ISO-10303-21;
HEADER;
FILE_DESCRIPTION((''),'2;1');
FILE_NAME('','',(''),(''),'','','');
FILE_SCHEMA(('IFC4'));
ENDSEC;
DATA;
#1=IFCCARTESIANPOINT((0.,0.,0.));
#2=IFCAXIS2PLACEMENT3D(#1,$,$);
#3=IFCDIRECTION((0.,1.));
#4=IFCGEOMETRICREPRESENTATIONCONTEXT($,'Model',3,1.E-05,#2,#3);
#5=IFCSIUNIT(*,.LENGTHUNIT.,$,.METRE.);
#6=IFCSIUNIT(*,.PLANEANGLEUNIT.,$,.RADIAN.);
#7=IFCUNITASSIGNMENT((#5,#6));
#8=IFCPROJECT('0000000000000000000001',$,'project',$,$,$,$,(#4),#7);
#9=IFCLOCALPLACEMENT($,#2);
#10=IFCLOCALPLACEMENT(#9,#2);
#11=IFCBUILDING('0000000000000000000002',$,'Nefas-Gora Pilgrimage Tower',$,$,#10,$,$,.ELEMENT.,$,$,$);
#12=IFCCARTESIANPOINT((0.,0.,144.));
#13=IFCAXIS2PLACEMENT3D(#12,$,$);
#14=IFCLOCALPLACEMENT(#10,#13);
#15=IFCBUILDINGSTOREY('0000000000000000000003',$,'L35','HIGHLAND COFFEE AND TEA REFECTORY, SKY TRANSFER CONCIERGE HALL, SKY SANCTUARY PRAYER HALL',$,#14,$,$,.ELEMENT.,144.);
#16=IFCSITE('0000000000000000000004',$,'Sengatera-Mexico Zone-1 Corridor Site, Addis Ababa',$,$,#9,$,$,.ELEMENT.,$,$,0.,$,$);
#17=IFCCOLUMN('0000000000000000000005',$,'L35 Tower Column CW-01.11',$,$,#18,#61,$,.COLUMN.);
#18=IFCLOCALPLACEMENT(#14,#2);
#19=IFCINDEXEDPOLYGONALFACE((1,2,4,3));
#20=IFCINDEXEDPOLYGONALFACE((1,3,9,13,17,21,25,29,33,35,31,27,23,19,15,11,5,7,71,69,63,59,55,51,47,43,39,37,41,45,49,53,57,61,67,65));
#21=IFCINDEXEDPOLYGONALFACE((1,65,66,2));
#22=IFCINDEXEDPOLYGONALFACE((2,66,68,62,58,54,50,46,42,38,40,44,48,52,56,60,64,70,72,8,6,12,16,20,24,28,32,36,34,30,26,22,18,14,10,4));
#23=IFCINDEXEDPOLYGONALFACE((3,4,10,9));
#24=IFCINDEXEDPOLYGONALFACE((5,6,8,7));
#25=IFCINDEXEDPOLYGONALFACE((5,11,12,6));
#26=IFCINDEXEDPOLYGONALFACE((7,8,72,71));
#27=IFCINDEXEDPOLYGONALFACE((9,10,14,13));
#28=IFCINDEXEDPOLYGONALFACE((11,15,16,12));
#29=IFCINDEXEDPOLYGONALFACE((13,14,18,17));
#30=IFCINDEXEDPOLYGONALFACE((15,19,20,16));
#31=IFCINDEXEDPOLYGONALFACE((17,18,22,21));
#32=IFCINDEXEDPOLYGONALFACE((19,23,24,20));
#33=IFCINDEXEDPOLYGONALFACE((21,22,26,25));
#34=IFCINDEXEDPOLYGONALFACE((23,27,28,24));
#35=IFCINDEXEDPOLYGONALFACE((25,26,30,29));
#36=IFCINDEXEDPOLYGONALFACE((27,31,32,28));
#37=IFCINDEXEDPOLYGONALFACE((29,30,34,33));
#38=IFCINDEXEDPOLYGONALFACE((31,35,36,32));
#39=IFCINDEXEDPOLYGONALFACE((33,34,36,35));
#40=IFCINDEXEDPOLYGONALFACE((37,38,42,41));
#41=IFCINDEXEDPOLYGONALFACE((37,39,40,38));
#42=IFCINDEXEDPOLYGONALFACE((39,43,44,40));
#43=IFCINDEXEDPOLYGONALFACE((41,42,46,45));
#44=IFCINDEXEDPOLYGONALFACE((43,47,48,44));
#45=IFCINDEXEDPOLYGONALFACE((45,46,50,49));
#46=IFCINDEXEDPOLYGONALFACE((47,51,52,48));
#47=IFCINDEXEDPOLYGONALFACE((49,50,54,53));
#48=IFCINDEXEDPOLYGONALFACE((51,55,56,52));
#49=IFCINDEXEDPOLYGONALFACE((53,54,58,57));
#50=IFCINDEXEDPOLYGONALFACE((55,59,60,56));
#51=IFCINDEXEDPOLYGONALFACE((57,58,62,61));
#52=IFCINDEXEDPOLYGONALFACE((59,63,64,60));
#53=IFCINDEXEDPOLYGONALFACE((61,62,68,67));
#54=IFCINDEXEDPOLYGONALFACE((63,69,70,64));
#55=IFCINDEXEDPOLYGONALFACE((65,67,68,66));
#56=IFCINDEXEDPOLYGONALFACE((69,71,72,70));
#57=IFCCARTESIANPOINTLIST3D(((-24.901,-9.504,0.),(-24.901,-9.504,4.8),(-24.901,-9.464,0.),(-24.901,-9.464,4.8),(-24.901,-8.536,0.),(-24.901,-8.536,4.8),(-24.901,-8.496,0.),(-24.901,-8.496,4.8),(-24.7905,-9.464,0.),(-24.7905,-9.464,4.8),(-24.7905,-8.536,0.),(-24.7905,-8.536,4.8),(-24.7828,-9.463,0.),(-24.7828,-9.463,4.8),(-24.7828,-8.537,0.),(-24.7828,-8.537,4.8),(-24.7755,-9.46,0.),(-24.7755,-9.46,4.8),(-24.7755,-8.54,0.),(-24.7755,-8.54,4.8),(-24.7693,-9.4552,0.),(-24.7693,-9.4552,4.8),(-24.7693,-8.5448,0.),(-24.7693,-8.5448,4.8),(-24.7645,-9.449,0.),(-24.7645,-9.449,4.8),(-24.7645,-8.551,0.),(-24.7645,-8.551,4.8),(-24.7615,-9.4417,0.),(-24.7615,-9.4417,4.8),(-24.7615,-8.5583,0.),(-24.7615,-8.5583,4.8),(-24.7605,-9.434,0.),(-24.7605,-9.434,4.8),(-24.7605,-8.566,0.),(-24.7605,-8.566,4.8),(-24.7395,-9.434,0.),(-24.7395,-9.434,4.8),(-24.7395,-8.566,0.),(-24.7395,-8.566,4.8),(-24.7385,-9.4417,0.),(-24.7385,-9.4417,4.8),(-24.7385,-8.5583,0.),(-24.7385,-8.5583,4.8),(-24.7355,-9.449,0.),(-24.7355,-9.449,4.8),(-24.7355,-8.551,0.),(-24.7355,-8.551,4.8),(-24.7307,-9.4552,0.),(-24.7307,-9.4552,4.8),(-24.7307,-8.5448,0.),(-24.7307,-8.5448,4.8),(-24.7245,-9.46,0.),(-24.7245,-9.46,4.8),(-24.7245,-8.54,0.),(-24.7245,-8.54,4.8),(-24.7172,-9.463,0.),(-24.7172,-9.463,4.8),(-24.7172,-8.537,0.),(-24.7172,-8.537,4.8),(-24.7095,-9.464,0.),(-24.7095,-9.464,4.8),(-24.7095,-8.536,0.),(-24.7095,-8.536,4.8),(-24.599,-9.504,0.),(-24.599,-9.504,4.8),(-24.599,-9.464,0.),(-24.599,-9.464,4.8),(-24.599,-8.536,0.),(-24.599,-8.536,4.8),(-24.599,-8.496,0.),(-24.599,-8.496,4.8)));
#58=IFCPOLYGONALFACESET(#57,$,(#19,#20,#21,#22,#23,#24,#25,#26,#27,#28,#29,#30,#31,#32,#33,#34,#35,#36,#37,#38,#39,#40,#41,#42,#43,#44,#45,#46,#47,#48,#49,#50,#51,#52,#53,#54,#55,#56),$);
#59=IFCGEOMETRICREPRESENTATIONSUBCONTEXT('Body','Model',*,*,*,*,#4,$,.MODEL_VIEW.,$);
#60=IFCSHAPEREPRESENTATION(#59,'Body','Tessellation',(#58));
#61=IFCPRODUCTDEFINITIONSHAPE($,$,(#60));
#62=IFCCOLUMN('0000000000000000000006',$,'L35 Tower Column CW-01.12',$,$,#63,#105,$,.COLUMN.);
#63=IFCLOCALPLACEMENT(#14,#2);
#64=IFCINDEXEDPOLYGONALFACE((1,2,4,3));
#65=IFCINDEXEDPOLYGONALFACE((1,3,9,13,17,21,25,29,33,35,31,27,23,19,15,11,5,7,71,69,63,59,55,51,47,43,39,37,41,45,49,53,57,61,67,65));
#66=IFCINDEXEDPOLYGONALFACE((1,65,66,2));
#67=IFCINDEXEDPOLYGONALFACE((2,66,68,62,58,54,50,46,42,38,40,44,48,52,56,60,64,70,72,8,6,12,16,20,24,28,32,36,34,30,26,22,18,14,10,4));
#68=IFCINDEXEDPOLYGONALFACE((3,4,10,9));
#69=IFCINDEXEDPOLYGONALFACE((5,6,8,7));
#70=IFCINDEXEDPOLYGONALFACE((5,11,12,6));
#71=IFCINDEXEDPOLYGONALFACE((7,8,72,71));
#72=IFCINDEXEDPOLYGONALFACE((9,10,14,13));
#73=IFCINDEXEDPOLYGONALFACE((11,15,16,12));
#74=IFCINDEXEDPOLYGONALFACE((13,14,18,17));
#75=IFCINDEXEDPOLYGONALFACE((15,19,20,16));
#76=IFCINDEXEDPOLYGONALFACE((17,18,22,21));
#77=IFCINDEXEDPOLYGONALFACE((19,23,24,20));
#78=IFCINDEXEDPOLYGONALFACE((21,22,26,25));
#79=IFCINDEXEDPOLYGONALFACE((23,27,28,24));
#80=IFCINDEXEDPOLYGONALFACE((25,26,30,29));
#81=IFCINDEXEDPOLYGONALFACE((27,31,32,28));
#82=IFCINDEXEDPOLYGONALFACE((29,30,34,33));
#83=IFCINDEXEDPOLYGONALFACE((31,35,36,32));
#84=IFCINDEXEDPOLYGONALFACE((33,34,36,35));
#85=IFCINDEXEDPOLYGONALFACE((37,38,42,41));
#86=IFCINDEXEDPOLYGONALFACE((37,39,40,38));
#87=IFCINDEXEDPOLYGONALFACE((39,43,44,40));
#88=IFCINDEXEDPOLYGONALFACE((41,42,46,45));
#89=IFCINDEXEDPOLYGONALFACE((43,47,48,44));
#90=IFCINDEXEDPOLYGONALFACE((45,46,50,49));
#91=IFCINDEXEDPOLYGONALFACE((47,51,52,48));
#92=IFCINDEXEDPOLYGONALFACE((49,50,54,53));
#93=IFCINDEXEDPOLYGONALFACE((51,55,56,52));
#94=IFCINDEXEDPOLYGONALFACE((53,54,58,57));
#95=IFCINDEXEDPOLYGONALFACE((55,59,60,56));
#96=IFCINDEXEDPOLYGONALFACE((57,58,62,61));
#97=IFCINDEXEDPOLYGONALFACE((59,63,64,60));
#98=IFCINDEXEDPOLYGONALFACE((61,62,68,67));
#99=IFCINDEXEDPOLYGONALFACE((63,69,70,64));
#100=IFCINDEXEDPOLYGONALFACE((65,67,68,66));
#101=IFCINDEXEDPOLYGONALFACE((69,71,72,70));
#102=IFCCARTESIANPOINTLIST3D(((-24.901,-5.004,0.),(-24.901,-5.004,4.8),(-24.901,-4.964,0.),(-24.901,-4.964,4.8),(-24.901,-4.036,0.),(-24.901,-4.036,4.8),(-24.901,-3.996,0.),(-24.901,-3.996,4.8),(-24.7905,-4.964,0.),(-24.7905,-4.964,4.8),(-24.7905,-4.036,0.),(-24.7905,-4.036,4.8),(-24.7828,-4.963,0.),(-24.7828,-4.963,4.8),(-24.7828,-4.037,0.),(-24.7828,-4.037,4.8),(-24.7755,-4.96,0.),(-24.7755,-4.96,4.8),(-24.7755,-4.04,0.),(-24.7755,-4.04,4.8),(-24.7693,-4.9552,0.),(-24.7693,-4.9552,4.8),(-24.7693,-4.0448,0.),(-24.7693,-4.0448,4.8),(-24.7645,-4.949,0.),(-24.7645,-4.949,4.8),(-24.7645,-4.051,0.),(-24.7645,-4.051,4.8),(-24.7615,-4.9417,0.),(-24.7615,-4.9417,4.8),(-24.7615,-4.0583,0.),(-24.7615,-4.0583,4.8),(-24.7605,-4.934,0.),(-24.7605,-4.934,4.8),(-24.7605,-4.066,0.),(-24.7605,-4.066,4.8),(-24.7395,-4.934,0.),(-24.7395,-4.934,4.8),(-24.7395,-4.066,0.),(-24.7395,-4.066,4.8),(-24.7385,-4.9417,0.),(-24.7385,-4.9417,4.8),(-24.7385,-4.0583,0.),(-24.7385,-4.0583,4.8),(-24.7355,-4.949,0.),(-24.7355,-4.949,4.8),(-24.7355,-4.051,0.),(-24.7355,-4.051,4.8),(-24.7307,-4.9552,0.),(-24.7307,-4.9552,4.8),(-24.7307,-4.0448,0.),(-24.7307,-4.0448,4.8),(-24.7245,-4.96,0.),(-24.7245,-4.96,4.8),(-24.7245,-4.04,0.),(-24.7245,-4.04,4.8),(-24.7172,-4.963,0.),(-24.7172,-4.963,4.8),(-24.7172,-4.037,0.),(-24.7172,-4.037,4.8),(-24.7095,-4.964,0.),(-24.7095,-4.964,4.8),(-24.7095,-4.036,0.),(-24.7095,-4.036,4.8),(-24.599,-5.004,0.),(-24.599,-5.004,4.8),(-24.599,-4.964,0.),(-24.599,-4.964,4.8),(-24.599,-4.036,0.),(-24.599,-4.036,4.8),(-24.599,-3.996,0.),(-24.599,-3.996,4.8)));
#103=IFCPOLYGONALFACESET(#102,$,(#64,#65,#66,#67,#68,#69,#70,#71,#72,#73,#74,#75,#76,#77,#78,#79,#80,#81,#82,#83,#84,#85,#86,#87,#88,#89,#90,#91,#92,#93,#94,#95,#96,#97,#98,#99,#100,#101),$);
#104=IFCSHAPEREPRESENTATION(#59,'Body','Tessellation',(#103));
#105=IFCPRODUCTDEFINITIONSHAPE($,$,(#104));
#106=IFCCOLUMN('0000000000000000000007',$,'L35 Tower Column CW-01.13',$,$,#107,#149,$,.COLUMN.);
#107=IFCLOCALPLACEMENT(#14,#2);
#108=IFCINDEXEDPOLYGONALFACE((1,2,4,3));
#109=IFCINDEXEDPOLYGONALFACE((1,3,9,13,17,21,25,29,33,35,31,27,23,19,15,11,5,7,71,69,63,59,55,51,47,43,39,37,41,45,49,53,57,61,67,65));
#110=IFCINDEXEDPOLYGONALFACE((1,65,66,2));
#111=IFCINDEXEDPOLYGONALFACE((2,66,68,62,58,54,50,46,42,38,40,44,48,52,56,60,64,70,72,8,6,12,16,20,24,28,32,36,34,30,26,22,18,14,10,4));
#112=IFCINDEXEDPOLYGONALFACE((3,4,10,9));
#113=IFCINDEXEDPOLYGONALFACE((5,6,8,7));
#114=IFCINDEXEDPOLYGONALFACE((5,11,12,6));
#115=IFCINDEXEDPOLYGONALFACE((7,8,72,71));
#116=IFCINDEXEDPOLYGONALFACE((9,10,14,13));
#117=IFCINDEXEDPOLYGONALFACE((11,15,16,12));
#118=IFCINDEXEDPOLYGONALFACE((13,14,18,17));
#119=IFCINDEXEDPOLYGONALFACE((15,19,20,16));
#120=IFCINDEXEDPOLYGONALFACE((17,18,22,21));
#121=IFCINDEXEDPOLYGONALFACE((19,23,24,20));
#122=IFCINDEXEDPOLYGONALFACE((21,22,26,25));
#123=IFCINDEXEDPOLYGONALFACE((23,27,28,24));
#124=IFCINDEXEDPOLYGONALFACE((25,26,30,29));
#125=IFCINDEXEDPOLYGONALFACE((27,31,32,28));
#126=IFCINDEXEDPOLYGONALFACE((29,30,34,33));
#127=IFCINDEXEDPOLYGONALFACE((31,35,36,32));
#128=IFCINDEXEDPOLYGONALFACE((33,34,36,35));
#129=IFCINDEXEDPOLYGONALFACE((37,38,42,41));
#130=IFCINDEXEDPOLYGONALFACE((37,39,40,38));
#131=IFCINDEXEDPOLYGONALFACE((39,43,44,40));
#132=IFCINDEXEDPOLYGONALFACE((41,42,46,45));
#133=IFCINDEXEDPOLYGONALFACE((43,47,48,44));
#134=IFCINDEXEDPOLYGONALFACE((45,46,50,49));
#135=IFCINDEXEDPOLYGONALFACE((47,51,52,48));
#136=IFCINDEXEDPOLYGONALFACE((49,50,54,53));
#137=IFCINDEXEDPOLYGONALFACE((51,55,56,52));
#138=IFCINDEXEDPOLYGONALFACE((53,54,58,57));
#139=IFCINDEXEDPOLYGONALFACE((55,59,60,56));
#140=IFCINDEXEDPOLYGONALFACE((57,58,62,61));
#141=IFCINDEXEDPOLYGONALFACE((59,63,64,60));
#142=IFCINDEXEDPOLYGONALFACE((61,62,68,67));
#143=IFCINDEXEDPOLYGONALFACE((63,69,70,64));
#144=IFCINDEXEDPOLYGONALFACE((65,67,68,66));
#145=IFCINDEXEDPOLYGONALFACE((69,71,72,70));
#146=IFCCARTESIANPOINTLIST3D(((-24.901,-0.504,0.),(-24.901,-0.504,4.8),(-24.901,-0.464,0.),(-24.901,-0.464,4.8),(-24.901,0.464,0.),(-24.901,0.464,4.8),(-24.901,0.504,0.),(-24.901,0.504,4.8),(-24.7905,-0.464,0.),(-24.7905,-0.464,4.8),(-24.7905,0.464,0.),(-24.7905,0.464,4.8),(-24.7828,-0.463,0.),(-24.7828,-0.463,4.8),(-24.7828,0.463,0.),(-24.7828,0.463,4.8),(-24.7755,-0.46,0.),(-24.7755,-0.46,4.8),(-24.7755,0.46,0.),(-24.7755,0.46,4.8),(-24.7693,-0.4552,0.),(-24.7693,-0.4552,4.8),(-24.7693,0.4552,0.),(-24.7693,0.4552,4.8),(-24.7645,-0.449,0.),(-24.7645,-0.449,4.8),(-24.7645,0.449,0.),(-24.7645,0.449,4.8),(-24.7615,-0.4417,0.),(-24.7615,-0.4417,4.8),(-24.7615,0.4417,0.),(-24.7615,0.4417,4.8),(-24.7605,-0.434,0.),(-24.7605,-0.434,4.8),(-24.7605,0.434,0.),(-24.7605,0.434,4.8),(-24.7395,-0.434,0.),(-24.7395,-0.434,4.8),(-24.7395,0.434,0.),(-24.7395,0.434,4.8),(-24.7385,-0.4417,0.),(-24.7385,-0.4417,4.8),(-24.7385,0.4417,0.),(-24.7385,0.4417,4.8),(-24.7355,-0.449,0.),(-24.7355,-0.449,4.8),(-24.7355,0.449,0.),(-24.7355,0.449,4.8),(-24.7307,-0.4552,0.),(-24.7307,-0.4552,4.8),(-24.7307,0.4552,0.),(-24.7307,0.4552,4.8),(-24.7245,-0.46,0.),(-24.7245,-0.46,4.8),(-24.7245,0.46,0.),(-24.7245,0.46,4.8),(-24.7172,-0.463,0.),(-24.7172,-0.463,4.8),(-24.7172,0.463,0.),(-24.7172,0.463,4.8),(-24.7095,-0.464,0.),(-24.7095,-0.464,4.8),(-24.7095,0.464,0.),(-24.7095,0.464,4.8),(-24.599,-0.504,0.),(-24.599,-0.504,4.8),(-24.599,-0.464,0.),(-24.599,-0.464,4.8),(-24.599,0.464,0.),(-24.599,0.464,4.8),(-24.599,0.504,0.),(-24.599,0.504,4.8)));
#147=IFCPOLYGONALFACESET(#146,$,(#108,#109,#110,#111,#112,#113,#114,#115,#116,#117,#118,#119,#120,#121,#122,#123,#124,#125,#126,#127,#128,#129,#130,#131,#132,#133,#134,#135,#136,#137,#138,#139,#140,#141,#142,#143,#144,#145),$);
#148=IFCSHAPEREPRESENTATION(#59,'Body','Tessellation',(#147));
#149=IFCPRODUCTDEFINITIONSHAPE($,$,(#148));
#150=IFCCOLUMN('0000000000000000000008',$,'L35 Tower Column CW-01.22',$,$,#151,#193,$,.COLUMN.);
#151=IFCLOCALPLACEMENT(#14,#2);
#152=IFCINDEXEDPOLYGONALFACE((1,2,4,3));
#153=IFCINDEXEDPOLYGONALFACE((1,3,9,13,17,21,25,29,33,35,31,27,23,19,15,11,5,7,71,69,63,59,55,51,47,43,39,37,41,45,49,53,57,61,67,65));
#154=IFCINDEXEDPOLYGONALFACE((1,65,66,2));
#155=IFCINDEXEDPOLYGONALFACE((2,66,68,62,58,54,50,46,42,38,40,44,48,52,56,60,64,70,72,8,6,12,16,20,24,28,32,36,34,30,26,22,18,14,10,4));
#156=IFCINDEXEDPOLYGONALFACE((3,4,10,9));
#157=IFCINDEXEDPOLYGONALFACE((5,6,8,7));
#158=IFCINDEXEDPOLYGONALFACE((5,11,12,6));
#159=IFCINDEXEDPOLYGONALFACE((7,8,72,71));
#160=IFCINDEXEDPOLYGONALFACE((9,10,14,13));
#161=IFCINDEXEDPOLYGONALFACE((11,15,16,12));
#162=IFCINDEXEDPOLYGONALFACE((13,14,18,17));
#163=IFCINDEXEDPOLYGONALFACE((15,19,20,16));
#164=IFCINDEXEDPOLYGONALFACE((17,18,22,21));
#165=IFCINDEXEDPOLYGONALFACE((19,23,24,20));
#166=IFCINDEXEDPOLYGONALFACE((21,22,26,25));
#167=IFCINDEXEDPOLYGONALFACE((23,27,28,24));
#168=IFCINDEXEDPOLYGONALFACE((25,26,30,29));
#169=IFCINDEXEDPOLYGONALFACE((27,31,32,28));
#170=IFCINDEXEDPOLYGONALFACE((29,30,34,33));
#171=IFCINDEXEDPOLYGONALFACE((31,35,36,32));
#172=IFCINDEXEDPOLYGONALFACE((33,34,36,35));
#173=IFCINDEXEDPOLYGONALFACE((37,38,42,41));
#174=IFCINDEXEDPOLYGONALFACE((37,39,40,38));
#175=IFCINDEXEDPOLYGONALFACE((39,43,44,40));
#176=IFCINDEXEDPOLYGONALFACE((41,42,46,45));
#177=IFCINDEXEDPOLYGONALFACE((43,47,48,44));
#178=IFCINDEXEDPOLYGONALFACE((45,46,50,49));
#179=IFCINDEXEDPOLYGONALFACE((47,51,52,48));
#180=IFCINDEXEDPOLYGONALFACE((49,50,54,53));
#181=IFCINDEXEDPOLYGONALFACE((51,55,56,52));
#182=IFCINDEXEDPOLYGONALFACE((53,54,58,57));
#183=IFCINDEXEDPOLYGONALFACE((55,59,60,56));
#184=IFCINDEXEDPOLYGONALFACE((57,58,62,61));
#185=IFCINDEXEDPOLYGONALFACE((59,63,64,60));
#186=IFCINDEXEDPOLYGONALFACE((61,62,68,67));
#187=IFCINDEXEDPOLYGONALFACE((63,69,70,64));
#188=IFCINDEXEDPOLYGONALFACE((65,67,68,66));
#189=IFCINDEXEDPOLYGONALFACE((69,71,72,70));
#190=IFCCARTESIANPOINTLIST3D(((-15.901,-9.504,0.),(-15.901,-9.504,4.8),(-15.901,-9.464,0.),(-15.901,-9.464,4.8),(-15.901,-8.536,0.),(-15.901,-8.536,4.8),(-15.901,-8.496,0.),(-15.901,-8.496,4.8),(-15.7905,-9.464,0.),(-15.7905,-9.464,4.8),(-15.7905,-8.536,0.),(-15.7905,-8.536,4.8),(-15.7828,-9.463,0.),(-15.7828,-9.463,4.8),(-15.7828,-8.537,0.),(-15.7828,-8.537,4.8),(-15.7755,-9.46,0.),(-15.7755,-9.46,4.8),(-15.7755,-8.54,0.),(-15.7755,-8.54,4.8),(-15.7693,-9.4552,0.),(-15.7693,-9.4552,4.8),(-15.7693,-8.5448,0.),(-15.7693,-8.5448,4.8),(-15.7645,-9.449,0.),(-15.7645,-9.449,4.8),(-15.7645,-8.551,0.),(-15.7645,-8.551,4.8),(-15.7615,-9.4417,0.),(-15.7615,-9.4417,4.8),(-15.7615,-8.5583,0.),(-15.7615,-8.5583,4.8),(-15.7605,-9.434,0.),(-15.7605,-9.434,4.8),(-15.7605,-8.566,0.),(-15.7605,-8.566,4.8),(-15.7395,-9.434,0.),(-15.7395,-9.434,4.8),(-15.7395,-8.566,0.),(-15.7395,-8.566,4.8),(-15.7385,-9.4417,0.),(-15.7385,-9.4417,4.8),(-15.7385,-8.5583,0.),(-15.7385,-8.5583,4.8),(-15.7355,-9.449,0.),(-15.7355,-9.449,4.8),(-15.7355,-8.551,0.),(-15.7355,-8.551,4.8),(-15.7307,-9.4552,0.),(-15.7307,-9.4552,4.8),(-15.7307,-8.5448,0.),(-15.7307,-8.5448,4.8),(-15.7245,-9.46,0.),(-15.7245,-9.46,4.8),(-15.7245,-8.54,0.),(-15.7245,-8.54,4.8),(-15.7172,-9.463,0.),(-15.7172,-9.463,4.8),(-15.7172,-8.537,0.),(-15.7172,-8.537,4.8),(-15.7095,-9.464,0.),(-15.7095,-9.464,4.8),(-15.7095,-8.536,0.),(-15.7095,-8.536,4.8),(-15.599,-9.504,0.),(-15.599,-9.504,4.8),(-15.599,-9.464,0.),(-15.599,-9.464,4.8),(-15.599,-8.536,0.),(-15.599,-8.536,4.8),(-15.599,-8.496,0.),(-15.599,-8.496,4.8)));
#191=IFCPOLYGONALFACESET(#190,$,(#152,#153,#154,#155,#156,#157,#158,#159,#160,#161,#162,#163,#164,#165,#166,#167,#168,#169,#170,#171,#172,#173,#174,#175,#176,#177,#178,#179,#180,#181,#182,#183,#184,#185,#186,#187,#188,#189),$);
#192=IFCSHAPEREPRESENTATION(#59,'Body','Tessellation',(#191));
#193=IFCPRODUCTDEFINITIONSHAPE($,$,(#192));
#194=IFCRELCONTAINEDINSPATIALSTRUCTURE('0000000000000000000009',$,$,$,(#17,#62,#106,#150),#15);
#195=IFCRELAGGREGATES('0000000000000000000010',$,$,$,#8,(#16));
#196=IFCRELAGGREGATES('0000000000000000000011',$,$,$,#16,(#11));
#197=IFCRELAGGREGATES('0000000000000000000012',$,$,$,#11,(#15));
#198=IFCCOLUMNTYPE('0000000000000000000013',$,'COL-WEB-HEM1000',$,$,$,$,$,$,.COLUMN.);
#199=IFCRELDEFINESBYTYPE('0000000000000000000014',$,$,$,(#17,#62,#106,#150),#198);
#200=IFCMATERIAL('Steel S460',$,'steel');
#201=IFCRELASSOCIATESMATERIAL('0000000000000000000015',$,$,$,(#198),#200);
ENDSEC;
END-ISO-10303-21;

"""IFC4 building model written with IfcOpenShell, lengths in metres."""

from ifc_helpers import new_model, si_unit, direction, frame, origin, origin_2d, place, context, subcontext, project, spatial, i_section, extrude, source, transform, mapped, material, material_profile, profile_set, type_object, element, save


model = new_model("IFC4")

# Units and contexts
model_context = context("Model", 3, precision=1e-05, world=origin(), true_north=direction((0.0, 1.0)))
body_context = subcontext(model_context, "Body", "Model", "MODEL_VIEW")
ifc_project = project(units=[si_unit("LENGTHUNIT", "METRE"), si_unit("PLANEANGLEUNIT", "RADIAN")], contexts=[model_context])

# Site, building, storey
site_placement = place(None, origin())
site = spatial("IfcSite", under=ifc_project, at=site_placement, Name="Sengatera-Mexico Zone-1 Corridor Site, Addis Ababa", CompositionType="ELEMENT", RefElevation=0.0)
building_placement = place(site_placement, origin())
building = spatial("IfcBuilding", under=site, at=building_placement, Name="Nefas-Gora Pilgrimage Tower", CompositionType="ELEMENT")
storey_placement = place(building_placement, frame((0.0, 0.0, 144.0)))
storey = spatial("IfcBuildingStorey", under=building, at=storey_placement, Name="L35", Description="HIGHLAND COFFEE AND TEA REFECTORY, SKY TRANSFER CONCIERGE HALL, SKY SANCTUARY PRAYER HALL", CompositionType="ELEMENT", Elevation=144.0)

# Columns
ifc_material_1 = material(Name="Steel S460", Category="steel")
ifc_material_profile_1 = material_profile(ifc_material_1, i_section(OverallWidth=0.302, OverallDepth=1.0081, WebThickness=0.021, FlangeThickness=0.04, FilletRadius=0.03, at=origin_2d()), Name="HEM 1000")
ifc_profile_set_1 = profile_set([ifc_material_profile_1], Name="Steel S460")
column_type_1 = type_object("IfcColumnType", Name="COL-WEB-HEM1000", PredefinedType="COLUMN", material=ifc_profile_set_1)
shared_shape_1 = source(origin(), body_context, "Body", "SweptSolid", [
    extrude(i_section(OverallWidth=0.302, OverallDepth=1.0081, WebThickness=0.021, FlangeThickness=0.04, FilletRadius=0.03, at=origin_2d()), origin(), (0.0, 0.0, 1.0), 4.8),
])
for number, where, z_axis, x_axis, name in (
    (1, (-24.75, -9.0, 0.0), (0.0, 0.0, 1.0), (1.0, 0.0, 0.0), "L35 Tower Column CW-01.11"),
    (2, (-24.75, -4.5, 0.0), (0.0, 0.0, 1.0), (1.0, 0.0, 0.0), "L35 Tower Column CW-01.12"),
    (3, (-24.75, 0.0, 0.0), (0.0, 0.0, 1.0), (1.0, 0.0, 0.0), "L35 Tower Column CW-01.13"),
    (4, (-15.75, -9.0, 0.0), (0.0, 0.0, 1.0), (1.0, 0.0, 0.0), "L35 Tower Column CW-01.22"),
):
    element("IfcColumn", number, at=place(storey_placement, frame(where, z_axis=z_axis, x_axis=x_axis)), inside=storey, type_object=column_type_1, Name=name, PredefinedType="COLUMN", context=body_context, shape_type="MappedRepresentation", body=[
        mapped(shared_shape_1, transform((0.0, 0.0, 0.0), x_axis=(1.0, 0.0, 0.0), y_axis=(0.0, 1.0, 0.0), z_axis=(0.0, 0.0, 1.0), scale=1.0)),
    ])

save(model, "model.ifc")
